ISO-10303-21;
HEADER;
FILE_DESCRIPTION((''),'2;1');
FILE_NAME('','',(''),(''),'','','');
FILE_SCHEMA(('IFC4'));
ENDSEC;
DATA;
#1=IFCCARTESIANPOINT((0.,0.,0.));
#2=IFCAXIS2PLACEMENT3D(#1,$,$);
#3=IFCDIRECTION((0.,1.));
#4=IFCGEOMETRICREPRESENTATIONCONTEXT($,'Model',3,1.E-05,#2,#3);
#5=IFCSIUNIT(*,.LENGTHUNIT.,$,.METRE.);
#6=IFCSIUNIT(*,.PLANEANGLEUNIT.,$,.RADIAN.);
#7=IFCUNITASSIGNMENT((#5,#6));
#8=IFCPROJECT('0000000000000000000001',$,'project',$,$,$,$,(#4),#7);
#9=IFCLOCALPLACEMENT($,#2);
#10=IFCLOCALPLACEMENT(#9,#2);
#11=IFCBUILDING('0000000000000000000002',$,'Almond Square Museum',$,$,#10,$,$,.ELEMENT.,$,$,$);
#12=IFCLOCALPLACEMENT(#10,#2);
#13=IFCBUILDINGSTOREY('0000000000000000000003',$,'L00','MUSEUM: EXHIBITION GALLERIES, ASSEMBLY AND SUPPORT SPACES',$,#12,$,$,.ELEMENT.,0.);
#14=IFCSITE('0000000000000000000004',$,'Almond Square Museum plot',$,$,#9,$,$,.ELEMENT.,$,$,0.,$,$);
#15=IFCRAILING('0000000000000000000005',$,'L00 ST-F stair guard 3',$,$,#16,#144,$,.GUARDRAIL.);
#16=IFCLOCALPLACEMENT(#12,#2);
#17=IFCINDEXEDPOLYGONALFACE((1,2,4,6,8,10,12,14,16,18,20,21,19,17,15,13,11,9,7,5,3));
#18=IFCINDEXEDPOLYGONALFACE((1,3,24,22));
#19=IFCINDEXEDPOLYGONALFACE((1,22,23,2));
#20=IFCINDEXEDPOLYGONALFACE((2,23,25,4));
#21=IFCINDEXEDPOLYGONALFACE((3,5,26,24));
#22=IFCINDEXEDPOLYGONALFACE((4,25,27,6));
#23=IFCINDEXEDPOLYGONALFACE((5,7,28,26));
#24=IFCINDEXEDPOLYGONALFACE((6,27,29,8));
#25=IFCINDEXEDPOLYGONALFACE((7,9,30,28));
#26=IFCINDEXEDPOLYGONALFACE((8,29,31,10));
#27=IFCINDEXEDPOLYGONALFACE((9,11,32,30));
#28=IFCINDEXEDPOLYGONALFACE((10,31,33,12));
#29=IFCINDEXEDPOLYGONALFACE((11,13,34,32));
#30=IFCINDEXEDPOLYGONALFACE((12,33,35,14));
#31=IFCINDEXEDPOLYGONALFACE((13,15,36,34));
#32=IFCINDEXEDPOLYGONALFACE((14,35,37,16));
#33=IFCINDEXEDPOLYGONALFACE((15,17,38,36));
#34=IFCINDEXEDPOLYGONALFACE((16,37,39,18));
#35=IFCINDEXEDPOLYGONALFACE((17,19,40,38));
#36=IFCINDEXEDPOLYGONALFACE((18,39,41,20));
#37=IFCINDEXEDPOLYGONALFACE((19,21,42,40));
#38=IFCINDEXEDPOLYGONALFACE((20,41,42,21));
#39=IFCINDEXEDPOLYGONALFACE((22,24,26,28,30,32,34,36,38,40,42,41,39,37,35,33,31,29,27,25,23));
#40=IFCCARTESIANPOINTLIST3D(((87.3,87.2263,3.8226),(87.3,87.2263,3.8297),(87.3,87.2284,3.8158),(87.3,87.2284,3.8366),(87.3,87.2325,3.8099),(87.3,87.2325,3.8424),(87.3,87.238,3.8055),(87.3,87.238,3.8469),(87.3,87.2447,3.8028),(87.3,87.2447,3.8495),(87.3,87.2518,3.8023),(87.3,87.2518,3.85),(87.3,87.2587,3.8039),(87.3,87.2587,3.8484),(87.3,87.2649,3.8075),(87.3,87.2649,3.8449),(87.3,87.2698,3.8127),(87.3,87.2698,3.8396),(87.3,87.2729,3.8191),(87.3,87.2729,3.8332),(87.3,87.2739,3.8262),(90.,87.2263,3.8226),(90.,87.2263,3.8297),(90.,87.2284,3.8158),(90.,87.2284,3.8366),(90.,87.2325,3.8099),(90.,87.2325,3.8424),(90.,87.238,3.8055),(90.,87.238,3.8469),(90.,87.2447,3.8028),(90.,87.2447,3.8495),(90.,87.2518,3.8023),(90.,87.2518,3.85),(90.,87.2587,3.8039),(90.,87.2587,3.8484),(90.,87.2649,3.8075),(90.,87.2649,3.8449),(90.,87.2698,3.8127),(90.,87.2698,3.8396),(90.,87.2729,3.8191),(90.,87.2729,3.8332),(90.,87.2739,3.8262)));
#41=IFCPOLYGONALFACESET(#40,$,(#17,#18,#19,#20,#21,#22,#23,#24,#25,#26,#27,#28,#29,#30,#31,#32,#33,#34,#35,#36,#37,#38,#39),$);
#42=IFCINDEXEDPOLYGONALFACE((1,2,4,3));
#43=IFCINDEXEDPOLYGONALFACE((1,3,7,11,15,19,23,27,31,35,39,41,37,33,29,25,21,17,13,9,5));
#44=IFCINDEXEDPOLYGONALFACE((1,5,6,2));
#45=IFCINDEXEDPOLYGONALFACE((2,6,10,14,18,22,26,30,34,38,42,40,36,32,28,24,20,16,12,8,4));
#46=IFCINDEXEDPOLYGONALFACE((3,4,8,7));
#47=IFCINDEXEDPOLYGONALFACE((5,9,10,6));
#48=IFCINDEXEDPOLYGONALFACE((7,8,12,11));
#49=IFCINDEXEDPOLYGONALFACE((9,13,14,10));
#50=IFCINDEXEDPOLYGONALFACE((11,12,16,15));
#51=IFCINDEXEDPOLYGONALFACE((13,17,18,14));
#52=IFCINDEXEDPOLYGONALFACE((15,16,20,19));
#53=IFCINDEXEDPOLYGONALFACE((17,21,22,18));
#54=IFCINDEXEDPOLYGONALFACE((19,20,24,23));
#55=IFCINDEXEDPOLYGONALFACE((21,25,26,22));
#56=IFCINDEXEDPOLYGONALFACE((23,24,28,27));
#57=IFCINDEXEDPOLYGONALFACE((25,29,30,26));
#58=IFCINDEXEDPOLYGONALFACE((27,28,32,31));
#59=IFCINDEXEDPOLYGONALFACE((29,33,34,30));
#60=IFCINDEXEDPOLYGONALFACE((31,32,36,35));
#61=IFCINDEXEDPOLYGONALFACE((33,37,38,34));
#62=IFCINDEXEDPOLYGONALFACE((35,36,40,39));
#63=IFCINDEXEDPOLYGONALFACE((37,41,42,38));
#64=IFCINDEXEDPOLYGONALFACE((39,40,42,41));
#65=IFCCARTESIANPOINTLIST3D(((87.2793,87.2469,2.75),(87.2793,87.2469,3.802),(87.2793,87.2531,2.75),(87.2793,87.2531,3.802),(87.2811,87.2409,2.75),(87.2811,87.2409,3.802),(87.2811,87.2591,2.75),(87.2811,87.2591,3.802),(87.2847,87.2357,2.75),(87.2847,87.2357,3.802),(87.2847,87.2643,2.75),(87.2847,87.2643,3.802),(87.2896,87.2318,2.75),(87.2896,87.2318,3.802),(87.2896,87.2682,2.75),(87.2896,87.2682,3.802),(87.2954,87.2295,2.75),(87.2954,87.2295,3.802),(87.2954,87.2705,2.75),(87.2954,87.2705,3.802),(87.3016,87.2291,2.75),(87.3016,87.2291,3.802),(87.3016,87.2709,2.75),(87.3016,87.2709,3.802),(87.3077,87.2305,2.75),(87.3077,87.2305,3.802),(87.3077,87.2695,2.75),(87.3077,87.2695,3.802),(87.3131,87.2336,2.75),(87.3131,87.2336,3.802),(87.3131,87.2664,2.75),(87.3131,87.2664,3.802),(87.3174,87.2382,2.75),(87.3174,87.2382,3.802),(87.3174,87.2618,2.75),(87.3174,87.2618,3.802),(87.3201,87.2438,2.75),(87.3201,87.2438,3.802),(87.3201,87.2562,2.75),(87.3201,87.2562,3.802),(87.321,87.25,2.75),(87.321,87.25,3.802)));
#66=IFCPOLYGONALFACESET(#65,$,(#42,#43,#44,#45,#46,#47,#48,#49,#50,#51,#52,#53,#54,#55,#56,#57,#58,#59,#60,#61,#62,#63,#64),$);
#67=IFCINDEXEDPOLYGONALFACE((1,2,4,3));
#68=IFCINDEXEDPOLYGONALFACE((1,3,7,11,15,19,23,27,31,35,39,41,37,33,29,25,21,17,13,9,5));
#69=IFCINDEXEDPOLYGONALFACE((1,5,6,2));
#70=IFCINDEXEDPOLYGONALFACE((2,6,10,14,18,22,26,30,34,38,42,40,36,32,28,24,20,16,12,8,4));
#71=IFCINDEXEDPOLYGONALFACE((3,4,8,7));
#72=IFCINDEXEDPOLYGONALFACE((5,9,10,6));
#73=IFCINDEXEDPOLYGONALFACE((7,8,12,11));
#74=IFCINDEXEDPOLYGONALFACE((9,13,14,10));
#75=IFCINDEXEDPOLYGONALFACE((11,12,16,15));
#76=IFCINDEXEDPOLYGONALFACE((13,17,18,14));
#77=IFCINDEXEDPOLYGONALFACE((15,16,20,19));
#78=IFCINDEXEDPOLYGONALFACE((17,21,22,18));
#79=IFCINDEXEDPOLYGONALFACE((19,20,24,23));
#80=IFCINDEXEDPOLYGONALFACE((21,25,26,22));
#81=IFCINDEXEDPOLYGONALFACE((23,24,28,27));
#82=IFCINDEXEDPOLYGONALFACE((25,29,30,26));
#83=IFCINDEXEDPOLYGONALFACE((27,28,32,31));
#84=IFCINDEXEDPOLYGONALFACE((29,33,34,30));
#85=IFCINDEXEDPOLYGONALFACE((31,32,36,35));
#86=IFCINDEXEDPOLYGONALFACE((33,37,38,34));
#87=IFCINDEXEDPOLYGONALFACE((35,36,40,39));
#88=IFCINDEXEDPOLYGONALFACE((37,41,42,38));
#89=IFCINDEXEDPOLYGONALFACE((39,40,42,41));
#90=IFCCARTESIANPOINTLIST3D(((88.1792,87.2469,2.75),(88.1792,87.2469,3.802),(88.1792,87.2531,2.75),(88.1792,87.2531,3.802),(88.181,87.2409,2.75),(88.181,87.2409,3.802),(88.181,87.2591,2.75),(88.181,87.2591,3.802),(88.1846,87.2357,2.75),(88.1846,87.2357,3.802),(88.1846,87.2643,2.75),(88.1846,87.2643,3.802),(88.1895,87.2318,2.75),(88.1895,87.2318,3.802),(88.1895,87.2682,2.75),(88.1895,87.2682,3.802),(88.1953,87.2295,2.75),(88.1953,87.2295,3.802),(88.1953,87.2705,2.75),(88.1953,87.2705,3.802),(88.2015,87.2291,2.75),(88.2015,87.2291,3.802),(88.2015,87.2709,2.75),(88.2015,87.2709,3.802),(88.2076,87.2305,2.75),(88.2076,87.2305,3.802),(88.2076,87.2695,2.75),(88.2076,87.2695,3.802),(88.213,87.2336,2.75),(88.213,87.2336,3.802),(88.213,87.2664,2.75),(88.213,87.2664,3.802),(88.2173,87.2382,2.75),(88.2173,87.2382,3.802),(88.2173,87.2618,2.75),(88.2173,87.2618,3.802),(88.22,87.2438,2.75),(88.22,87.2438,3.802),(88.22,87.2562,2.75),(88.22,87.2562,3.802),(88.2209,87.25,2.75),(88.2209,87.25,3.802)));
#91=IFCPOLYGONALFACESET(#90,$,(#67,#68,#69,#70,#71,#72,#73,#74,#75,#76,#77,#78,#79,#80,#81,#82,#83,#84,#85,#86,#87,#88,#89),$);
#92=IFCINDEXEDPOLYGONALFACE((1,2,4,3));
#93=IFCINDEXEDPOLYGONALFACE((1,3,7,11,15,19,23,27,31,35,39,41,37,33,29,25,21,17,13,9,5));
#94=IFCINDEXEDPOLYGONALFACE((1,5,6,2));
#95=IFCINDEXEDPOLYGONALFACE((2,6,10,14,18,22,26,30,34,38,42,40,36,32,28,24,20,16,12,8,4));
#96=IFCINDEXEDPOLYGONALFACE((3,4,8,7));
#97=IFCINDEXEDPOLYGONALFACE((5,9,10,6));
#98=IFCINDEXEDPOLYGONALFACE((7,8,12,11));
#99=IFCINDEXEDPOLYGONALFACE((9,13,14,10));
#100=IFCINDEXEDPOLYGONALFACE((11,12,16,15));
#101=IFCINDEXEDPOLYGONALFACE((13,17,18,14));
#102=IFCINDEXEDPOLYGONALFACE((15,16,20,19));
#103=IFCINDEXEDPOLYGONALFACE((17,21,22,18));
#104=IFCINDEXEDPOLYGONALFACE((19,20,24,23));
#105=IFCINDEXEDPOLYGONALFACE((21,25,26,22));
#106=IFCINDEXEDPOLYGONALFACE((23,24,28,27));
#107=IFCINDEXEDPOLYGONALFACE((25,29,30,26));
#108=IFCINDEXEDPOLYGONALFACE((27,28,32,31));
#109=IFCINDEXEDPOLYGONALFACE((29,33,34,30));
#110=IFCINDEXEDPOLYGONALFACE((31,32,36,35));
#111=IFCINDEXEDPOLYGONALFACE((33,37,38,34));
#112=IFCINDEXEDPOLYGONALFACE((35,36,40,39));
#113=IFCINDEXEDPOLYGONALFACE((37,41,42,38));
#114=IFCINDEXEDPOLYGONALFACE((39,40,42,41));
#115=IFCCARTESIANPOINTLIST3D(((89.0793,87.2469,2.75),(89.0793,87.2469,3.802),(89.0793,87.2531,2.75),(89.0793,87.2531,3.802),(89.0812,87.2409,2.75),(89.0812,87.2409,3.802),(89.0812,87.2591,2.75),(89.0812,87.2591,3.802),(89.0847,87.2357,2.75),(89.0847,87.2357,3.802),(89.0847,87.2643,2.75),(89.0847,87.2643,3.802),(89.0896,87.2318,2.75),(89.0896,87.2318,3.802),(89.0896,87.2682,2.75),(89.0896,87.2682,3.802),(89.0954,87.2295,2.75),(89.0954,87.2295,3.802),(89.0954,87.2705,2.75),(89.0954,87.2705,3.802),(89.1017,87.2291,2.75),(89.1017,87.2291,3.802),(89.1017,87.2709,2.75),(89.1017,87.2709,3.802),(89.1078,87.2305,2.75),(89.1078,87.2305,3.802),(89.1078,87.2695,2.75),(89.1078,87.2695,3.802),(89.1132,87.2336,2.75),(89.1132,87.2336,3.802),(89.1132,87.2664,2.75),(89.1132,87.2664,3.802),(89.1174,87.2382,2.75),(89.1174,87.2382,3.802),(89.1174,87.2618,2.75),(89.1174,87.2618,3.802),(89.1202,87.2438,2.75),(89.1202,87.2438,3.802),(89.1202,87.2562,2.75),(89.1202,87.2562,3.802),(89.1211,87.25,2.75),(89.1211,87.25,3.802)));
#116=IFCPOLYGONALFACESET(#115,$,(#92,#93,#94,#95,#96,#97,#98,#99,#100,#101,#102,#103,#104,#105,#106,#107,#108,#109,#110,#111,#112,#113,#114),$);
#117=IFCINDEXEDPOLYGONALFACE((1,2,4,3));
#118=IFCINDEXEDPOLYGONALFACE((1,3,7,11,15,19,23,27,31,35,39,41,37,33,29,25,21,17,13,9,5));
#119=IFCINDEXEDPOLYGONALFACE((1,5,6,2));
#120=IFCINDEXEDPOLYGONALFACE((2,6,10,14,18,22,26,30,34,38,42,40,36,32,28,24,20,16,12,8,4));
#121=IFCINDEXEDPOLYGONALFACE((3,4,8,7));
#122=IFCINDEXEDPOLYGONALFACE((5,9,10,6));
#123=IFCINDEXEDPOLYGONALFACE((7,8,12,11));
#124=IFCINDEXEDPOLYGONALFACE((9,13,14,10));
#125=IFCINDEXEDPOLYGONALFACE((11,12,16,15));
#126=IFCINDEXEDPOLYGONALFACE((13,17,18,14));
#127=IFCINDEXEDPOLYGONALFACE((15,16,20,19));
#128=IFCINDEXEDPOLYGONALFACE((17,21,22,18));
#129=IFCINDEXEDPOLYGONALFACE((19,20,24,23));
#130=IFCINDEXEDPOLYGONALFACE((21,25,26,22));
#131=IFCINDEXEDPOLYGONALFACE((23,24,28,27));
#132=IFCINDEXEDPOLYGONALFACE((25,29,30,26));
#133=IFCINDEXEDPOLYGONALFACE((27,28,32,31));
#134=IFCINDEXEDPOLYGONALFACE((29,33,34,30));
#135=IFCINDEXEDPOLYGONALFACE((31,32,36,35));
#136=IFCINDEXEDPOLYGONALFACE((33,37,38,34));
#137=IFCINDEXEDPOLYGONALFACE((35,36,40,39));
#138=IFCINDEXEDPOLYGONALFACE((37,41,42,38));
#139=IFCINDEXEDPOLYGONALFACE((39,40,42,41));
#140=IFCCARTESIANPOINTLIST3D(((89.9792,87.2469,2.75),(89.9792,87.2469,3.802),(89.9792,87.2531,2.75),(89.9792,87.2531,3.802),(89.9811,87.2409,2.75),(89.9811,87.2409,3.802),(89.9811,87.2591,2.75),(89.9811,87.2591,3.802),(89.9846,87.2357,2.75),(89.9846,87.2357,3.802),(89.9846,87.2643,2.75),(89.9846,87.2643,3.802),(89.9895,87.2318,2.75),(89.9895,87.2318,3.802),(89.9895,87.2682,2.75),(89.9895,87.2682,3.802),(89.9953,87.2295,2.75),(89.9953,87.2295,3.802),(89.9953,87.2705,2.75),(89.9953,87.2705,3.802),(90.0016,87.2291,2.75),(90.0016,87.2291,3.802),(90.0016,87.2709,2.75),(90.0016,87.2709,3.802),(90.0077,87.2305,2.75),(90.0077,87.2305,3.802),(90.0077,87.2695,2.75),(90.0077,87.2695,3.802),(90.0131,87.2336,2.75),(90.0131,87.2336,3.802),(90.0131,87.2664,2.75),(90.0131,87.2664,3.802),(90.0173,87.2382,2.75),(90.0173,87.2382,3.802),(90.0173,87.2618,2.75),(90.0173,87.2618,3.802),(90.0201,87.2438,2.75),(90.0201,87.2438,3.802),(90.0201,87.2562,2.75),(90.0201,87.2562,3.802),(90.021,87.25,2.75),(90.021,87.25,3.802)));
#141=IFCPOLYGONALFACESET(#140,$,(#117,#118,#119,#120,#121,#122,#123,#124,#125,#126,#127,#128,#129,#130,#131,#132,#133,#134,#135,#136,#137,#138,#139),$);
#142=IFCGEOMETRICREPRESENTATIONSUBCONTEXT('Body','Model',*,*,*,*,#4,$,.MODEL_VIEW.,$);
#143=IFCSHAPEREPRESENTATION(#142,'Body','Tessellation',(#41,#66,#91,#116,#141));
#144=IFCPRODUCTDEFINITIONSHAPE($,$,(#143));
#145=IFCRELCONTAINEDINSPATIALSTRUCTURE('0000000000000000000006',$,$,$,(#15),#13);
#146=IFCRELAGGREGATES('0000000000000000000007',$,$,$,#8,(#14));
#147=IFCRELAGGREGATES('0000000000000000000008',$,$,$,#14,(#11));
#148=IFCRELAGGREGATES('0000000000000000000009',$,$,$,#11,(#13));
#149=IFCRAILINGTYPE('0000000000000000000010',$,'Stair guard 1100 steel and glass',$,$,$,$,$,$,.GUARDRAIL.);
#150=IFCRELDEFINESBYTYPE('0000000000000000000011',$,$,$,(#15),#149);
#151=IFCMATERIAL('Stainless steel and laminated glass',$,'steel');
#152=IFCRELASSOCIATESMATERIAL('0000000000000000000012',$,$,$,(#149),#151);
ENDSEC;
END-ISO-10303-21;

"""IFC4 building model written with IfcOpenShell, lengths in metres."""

from ifc_helpers import new_model, si_unit, direction, frame, origin, origin_2d, place, context, subcontext, project, spatial, circle, extrude, material, type_object, element, save


model = new_model("IFC4")

# Units and contexts
model_context = context("Model", 3, precision=1e-05, world=origin(), true_north=direction((0.0, 1.0)))
body_context = subcontext(model_context, "Body", "Model", "MODEL_VIEW")
ifc_project = project(units=[si_unit("LENGTHUNIT", "METRE"), si_unit("PLANEANGLEUNIT", "RADIAN")], contexts=[model_context])

# Site, building, storey
site_placement = place(None, origin())
site = spatial("IfcSite", under=ifc_project, at=site_placement, Name="Almond Square Museum plot", CompositionType="ELEMENT", RefElevation=0.0)
building_placement = place(site_placement, origin())
building = spatial("IfcBuilding", under=site, at=building_placement, Name="Almond Square Museum", CompositionType="ELEMENT")
storey_placement = place(building_placement, origin())
storey = spatial("IfcBuildingStorey", under=building, at=storey_placement, Name="L00", Description="MUSEUM: EXHIBITION GALLERIES, ASSEMBLY AND SUPPORT SPACES", CompositionType="ELEMENT", Elevation=0.0)

# Railing
ifc_material_1 = material(Name="Stainless steel and laminated glass", Category="steel")
railing_type_1 = type_object("IfcRailingType", Name="Stair guard 1100 steel and glass", PredefinedType="GUARDRAIL", material=ifc_material_1)
railing_1_placement = place(storey_placement, frame((87.3, 87.25, 2.75)))
element("IfcRailing", 1, at=railing_1_placement, inside=storey, type_object=railing_type_1, Name="L00 ST-F stair guard 3", PredefinedType="GUARDRAIL", context=body_context, shape_type="SweptSolid", body=[
    extrude(circle(Radius=0.0239, at=origin_2d()), frame((0.0, 0.0, 1.0762), z_axis=(1.0, 0.0, 0.0), x_axis=(0.0, 1.0, 0.0)), (0.0, 0.0, 1.0), 2.7),
    extrude(circle(Radius=0.021, at=origin_2d()), origin(), (0.0, 0.0, 1.0), 1.052),
    extrude(circle(Radius=0.021, at=origin_2d()), frame((0.8999, 0.0, 0.0)), (0.0, 0.0, 1.0), 1.052),
    extrude(circle(Radius=0.021, at=origin_2d()), frame((1.8, 0.0, 0.0)), (0.0, 0.0, 1.0), 1.052),
    extrude(circle(Radius=0.021, at=origin_2d()), frame((2.7, 0.0, 0.0)), (0.0, 0.0, 1.0), 1.052),
])

save(model, "model.ifc")
